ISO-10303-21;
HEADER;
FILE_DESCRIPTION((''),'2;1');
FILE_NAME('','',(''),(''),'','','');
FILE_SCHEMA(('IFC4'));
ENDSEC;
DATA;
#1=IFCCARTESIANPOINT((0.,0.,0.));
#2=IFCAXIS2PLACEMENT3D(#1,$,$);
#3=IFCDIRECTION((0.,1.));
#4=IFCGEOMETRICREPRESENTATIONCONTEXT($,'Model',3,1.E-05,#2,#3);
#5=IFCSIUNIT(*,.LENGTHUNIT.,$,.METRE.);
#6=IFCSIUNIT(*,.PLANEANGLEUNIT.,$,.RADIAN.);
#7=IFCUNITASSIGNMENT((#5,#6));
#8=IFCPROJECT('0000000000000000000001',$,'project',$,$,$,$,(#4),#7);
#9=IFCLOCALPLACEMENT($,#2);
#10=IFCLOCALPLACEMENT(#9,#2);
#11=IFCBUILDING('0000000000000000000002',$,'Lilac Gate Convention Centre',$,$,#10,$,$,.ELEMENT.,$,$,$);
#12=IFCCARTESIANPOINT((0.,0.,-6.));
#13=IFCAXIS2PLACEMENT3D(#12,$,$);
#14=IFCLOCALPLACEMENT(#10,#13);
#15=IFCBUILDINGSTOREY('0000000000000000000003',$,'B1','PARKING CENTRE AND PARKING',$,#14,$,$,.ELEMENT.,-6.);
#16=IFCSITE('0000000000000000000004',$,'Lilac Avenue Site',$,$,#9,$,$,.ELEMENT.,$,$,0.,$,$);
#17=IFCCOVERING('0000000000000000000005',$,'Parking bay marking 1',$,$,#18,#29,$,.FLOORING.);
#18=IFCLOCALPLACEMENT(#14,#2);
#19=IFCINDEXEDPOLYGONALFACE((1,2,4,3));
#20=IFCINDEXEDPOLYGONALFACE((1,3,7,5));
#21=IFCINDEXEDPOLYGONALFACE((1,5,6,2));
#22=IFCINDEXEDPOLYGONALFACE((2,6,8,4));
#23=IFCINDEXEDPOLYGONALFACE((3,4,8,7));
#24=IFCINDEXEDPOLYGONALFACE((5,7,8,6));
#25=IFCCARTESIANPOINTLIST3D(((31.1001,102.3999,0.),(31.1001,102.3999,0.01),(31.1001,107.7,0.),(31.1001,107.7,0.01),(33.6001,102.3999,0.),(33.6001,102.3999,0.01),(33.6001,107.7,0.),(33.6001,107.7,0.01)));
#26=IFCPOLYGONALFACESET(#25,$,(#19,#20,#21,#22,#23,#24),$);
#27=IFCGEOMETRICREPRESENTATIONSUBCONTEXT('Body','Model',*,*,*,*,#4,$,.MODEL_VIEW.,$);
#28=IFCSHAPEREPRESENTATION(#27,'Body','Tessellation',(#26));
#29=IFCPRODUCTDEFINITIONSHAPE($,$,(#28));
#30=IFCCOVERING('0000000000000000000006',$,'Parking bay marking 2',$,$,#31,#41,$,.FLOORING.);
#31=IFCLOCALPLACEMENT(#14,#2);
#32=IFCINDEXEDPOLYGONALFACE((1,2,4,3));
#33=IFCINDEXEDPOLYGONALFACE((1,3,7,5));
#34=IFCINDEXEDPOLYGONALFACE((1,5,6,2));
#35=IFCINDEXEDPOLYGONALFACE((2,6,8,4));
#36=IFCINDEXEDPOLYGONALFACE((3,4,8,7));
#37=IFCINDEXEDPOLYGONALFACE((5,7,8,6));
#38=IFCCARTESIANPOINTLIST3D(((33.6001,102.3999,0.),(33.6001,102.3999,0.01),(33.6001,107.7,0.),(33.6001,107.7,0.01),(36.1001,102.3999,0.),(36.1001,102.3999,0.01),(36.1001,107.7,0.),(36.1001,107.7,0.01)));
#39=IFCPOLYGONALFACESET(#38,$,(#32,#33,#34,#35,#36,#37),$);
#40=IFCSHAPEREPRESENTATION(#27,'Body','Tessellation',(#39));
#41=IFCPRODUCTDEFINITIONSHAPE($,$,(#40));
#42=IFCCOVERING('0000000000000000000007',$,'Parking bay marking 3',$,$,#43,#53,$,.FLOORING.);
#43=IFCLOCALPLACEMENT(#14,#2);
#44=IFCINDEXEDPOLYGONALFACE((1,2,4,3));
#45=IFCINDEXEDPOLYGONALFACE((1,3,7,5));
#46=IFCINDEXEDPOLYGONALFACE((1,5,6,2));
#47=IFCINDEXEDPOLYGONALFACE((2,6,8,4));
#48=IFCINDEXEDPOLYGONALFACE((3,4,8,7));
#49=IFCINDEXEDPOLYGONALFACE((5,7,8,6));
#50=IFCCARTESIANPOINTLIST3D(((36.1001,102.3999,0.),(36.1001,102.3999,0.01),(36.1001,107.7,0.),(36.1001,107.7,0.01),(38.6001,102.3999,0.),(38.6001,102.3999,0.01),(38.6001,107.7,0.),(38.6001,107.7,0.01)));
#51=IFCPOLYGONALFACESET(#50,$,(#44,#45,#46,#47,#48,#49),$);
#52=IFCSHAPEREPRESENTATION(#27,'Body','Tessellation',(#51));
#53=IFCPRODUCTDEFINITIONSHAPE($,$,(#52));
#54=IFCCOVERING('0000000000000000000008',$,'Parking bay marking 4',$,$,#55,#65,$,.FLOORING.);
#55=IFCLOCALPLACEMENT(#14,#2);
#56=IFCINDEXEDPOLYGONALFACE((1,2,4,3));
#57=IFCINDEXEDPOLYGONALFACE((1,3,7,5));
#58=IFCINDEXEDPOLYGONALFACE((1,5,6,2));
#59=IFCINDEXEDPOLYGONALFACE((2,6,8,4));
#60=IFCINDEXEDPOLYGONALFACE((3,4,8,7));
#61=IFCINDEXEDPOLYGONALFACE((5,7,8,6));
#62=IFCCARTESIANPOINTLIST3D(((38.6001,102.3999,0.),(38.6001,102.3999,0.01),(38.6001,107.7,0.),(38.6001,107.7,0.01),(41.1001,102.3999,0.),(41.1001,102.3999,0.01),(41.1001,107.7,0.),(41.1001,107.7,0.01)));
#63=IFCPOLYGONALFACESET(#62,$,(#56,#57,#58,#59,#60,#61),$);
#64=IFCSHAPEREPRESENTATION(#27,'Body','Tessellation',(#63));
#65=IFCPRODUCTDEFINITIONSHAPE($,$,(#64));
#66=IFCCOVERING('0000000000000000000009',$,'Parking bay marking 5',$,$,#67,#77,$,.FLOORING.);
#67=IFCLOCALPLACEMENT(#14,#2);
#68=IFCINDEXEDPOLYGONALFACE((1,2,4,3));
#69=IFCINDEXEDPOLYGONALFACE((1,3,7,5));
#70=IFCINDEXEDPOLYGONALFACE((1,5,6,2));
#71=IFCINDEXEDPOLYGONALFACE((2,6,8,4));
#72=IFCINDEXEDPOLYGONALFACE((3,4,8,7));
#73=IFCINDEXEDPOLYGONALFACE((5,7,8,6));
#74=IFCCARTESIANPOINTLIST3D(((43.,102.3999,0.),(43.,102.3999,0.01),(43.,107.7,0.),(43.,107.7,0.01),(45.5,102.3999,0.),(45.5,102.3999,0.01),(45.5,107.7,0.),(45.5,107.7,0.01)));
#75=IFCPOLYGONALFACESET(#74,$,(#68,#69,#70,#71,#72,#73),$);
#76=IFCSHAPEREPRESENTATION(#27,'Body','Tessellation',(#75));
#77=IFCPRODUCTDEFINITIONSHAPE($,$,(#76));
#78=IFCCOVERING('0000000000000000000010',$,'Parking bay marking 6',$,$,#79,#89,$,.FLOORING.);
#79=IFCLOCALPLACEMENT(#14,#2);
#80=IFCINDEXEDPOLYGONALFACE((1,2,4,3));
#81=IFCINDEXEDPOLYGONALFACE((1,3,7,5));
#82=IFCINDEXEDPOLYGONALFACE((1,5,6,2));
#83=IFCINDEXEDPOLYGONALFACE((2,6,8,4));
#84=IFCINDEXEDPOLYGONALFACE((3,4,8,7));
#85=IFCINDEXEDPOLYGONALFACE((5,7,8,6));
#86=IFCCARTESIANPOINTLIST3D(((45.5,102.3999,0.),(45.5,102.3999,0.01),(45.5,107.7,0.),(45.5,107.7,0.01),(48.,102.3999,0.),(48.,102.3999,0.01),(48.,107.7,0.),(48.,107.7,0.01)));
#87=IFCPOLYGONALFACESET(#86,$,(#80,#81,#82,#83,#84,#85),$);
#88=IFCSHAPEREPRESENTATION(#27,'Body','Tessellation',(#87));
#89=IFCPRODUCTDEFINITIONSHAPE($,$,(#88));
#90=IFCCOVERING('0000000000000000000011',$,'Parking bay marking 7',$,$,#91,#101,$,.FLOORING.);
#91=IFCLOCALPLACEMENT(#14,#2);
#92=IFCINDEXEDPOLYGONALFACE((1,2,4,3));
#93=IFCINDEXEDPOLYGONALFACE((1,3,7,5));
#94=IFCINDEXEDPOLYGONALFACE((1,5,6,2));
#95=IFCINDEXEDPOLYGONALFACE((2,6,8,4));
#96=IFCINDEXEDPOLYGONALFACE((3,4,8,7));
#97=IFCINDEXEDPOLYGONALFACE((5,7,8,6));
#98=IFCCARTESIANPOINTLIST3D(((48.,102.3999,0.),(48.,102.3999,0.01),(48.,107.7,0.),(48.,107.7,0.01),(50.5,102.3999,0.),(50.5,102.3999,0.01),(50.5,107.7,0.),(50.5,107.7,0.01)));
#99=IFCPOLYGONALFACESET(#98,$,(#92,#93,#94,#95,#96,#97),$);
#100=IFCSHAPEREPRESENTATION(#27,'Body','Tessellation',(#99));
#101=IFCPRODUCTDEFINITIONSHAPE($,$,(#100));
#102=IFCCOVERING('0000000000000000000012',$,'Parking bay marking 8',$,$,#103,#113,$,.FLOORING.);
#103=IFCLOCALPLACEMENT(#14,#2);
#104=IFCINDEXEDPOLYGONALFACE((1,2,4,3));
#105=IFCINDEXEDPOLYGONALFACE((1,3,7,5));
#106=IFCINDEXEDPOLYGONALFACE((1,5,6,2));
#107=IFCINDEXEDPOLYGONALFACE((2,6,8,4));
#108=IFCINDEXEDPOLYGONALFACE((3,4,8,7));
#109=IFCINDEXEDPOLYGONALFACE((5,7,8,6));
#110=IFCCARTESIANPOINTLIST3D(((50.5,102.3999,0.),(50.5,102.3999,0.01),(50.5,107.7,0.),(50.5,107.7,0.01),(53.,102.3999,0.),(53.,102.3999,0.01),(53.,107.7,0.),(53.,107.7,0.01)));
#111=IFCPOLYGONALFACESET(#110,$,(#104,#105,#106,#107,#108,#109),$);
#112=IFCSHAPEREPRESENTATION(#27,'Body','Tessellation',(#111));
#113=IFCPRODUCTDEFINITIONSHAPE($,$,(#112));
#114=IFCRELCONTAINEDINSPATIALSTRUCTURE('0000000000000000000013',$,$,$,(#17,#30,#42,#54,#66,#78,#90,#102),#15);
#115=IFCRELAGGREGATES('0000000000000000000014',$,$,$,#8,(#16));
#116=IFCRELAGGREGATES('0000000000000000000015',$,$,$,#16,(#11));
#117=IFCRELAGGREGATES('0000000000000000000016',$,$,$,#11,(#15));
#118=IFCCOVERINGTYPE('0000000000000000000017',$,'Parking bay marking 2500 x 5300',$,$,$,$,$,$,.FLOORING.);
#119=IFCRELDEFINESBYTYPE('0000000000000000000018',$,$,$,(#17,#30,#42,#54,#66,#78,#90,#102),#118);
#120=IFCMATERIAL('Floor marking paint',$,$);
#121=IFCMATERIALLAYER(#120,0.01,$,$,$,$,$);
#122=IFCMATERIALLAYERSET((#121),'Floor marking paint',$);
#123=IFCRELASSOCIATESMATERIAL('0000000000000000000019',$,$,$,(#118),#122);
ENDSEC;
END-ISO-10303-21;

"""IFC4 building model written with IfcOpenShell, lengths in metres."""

from ifc_helpers import new_model, si_unit, direction, frame, origin, place, context, subcontext, project, spatial, polyline, outline, extrude, material, layer, layer_set, type_object, element, save


model = new_model("IFC4")

# Units and contexts
model_context = context("Model", 3, precision=1e-05, world=origin(), true_north=direction((0.0, 1.0)))
body_context = subcontext(model_context, "Body", "Model", "MODEL_VIEW")
ifc_project = project(units=[si_unit("LENGTHUNIT", "METRE"), si_unit("PLANEANGLEUNIT", "RADIAN")], contexts=[model_context])

# Site, building, storey
site_placement = place(None, origin())
site = spatial("IfcSite", under=ifc_project, at=site_placement, Name="Lilac Avenue Site", CompositionType="ELEMENT", RefElevation=0.0)
building_placement = place(site_placement, origin())
building = spatial("IfcBuilding", under=site, at=building_placement, Name="Lilac Gate Convention Centre", CompositionType="ELEMENT")
storey_placement = place(building_placement, frame((0.0, 0.0, -6.0)))
storey = spatial("IfcBuildingStorey", under=building, at=storey_placement, Name="B1", Description="PARKING CENTRE AND PARKING", CompositionType="ELEMENT", Elevation=-6.0)

# Coverings
ifc_material_1 = material(Name="Floor marking paint")
ifc_layer_1 = layer(ifc_material_1, 0.01)
ifc_layer_set_1 = layer_set([ifc_layer_1], Name="Floor marking paint")
covering_type = type_object("IfcCoveringType", Name="Parking bay marking 2500 x 5300", PredefinedType="FLOORING", material=ifc_layer_set_1)
covering_1_placement = place(storey_placement, origin())
element("IfcCovering", 1, at=covering_1_placement, inside=storey, type_object=covering_type, Name="Parking bay marking 1", PredefinedType="FLOORING", context=body_context, shape_type="SweptSolid", body=[
    extrude(outline(polyline([(31.1001, 102.3999), (33.6001, 102.3999), (33.6001, 107.7), (31.1001, 107.7), (31.1001, 102.3999)])), origin(), (0.0, 0.0, 1.0), 0.01),
])
covering_2_placement = place(storey_placement, origin())
element("IfcCovering", 2, at=covering_2_placement, inside=storey, type_object=covering_type, Name="Parking bay marking 2", PredefinedType="FLOORING", context=body_context, shape_type="SweptSolid", body=[
    extrude(outline(polyline([(33.6001, 102.3999), (36.1001, 102.3999), (36.1001, 107.7), (33.6001, 107.7), (33.6001, 102.3999)])), origin(), (0.0, 0.0, 1.0), 0.01),
])
covering_3_placement = place(storey_placement, origin())
element("IfcCovering", 3, at=covering_3_placement, inside=storey, type_object=covering_type, Name="Parking bay marking 3", PredefinedType="FLOORING", context=body_context, shape_type="SweptSolid", body=[
    extrude(outline(polyline([(36.1001, 102.3999), (38.6001, 102.3999), (38.6001, 107.7), (36.1001, 107.7), (36.1001, 102.3999)])), origin(), (0.0, 0.0, 1.0), 0.01),
])
covering_4_placement = place(storey_placement, origin())
element("IfcCovering", 4, at=covering_4_placement, inside=storey, type_object=covering_type, Name="Parking bay marking 4", PredefinedType="FLOORING", context=body_context, shape_type="SweptSolid", body=[
    extrude(outline(polyline([(38.6001, 102.3999), (41.1001, 102.3999), (41.1001, 107.7), (38.6001, 107.7), (38.6001, 102.3999)])), origin(), (0.0, 0.0, 1.0), 0.01),
])
covering_5_placement = place(storey_placement, origin())
element("IfcCovering", 5, at=covering_5_placement, inside=storey, type_object=covering_type, Name="Parking bay marking 5", PredefinedType="FLOORING", context=body_context, shape_type="SweptSolid", body=[
    extrude(outline(polyline([(43.0, 102.3999), (45.5, 102.3999), (45.5, 107.7), (43.0, 107.7), (43.0, 102.3999)])), origin(), (0.0, 0.0, 1.0), 0.01),
])
covering_6_placement = place(storey_placement, origin())
element("IfcCovering", 6, at=covering_6_placement, inside=storey, type_object=covering_type, Name="Parking bay marking 6", PredefinedType="FLOORING", context=body_context, shape_type="SweptSolid", body=[
    extrude(outline(polyline([(45.5, 102.3999), (48.0, 102.3999), (48.0, 107.7), (45.5, 107.7), (45.5, 102.3999)])), origin(), (0.0, 0.0, 1.0), 0.01),
])
covering_7_placement = place(storey_placement, origin())
element("IfcCovering", 7, at=covering_7_placement, inside=storey, type_object=covering_type, Name="Parking bay marking 7", PredefinedType="FLOORING", context=body_context, shape_type="SweptSolid", body=[
    extrude(outline(polyline([(48.0, 102.3999), (50.5, 102.3999), (50.5, 107.7), (48.0, 107.7), (48.0, 102.3999)])), origin(), (0.0, 0.0, 1.0), 0.01),
])
covering_8_placement = place(storey_placement, origin())
element("IfcCovering", 8, at=covering_8_placement, inside=storey, type_object=covering_type, Name="Parking bay marking 8", PredefinedType="FLOORING", context=body_context, shape_type="SweptSolid", body=[
    extrude(outline(polyline([(50.5, 102.3999), (53.0, 102.3999), (53.0, 107.7), (50.5, 107.7), (50.5, 102.3999)])), origin(), (0.0, 0.0, 1.0), 0.01),
])

save(model, "model.ifc")
